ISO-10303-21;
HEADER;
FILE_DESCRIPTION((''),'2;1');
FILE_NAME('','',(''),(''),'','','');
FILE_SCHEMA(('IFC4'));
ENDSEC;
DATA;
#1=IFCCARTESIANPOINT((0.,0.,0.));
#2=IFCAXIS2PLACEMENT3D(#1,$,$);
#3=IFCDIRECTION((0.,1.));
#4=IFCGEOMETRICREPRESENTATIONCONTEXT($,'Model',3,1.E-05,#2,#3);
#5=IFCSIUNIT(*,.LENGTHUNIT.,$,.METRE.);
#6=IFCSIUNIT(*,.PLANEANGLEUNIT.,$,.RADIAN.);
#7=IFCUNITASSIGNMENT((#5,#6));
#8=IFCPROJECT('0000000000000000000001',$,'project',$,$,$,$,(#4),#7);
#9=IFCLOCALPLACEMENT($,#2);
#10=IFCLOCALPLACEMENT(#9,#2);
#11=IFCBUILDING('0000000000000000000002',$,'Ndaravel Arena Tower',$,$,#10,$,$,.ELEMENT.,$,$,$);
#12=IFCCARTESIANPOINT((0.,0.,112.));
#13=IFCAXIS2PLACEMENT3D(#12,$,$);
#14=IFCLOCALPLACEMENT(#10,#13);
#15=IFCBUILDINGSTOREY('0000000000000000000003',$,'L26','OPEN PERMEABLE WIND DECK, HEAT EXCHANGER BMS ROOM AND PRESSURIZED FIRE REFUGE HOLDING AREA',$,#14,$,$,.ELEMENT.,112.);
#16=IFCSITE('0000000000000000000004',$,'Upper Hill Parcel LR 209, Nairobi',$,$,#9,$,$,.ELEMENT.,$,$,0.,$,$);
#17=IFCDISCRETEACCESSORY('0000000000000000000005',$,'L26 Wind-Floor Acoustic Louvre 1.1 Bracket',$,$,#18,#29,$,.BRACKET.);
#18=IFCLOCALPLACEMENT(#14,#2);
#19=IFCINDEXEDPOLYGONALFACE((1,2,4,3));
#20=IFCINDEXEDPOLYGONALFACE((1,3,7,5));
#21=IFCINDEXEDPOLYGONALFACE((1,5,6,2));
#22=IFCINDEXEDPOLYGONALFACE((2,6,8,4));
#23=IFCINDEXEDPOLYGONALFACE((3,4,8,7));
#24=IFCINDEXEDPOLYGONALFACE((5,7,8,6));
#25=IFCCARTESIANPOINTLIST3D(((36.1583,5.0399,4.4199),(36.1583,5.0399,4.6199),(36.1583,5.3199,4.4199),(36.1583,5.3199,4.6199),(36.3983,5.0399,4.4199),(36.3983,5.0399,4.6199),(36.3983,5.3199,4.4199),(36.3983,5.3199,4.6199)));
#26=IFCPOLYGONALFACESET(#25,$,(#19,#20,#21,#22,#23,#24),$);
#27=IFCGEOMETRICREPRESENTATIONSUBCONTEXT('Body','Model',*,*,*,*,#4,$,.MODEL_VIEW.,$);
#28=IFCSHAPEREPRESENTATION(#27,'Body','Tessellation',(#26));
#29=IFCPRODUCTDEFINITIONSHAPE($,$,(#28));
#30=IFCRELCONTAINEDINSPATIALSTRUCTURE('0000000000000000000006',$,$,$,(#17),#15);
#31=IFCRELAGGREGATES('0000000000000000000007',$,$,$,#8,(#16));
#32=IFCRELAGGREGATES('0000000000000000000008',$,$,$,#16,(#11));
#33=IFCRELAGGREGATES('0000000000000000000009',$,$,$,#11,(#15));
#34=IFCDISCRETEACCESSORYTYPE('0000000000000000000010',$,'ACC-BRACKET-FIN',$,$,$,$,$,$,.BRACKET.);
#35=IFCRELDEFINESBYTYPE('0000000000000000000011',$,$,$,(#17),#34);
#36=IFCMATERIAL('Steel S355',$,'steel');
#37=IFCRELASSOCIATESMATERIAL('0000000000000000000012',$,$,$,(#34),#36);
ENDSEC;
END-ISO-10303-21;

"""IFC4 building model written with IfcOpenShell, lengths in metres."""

from ifc_helpers import new_model, si_unit, direction, frame, origin, origin_2d, place, context, subcontext, project, spatial, rectangle, extrude, material, type_object, element, save


model = new_model("IFC4")

# Units and contexts
model_context = context("Model", 3, precision=1e-05, world=origin(), true_north=direction((0.0, 1.0)))
body_context = subcontext(model_context, "Body", "Model", "MODEL_VIEW")
ifc_project = project(units=[si_unit("LENGTHUNIT", "METRE"), si_unit("PLANEANGLEUNIT", "RADIAN")], contexts=[model_context])

# Site, building, storey
site_placement = place(None, origin())
site = spatial("IfcSite", under=ifc_project, at=site_placement, Name="Upper Hill Parcel LR 209, Nairobi", CompositionType="ELEMENT", RefElevation=0.0)
building_placement = place(site_placement, origin())
building = spatial("IfcBuilding", under=site, at=building_placement, Name="Ndaravel Arena Tower", CompositionType="ELEMENT")
storey_placement = place(building_placement, frame((0.0, 0.0, 112.0)))
storey = spatial("IfcBuildingStorey", under=building, at=storey_placement, Name="L26", Description="OPEN PERMEABLE WIND DECK, HEAT EXCHANGER BMS ROOM AND PRESSURIZED FIRE REFUGE HOLDING AREA", CompositionType="ELEMENT", Elevation=112.0)

# Discrete accessory
ifc_material_1 = material(Name="Steel S355", Category="steel")
discrete_accessory_type = type_object("IfcDiscreteAccessoryType", Name="ACC-BRACKET-FIN", PredefinedType="BRACKET", material=ifc_material_1)
discrete_accessory_placement = place(storey_placement, frame((36.2783, 5.1799, 4.4199), z_axis=(0.0, 0.0, 1.0), x_axis=(0.0, -1.0, 0.0)))
element("IfcDiscreteAccessory", 1, at=discrete_accessory_placement, inside=storey, type_object=discrete_accessory_type, Name="L26 Wind-Floor Acoustic Louvre 1.1 Bracket", PredefinedType="BRACKET", context=body_context, shape_type="SweptSolid", body=[
    extrude(rectangle(XDim=0.28, YDim=0.24, at=origin_2d()), origin(), (0.0, 0.0, 1.0), 0.2),
])

save(model, "model.ifc")
